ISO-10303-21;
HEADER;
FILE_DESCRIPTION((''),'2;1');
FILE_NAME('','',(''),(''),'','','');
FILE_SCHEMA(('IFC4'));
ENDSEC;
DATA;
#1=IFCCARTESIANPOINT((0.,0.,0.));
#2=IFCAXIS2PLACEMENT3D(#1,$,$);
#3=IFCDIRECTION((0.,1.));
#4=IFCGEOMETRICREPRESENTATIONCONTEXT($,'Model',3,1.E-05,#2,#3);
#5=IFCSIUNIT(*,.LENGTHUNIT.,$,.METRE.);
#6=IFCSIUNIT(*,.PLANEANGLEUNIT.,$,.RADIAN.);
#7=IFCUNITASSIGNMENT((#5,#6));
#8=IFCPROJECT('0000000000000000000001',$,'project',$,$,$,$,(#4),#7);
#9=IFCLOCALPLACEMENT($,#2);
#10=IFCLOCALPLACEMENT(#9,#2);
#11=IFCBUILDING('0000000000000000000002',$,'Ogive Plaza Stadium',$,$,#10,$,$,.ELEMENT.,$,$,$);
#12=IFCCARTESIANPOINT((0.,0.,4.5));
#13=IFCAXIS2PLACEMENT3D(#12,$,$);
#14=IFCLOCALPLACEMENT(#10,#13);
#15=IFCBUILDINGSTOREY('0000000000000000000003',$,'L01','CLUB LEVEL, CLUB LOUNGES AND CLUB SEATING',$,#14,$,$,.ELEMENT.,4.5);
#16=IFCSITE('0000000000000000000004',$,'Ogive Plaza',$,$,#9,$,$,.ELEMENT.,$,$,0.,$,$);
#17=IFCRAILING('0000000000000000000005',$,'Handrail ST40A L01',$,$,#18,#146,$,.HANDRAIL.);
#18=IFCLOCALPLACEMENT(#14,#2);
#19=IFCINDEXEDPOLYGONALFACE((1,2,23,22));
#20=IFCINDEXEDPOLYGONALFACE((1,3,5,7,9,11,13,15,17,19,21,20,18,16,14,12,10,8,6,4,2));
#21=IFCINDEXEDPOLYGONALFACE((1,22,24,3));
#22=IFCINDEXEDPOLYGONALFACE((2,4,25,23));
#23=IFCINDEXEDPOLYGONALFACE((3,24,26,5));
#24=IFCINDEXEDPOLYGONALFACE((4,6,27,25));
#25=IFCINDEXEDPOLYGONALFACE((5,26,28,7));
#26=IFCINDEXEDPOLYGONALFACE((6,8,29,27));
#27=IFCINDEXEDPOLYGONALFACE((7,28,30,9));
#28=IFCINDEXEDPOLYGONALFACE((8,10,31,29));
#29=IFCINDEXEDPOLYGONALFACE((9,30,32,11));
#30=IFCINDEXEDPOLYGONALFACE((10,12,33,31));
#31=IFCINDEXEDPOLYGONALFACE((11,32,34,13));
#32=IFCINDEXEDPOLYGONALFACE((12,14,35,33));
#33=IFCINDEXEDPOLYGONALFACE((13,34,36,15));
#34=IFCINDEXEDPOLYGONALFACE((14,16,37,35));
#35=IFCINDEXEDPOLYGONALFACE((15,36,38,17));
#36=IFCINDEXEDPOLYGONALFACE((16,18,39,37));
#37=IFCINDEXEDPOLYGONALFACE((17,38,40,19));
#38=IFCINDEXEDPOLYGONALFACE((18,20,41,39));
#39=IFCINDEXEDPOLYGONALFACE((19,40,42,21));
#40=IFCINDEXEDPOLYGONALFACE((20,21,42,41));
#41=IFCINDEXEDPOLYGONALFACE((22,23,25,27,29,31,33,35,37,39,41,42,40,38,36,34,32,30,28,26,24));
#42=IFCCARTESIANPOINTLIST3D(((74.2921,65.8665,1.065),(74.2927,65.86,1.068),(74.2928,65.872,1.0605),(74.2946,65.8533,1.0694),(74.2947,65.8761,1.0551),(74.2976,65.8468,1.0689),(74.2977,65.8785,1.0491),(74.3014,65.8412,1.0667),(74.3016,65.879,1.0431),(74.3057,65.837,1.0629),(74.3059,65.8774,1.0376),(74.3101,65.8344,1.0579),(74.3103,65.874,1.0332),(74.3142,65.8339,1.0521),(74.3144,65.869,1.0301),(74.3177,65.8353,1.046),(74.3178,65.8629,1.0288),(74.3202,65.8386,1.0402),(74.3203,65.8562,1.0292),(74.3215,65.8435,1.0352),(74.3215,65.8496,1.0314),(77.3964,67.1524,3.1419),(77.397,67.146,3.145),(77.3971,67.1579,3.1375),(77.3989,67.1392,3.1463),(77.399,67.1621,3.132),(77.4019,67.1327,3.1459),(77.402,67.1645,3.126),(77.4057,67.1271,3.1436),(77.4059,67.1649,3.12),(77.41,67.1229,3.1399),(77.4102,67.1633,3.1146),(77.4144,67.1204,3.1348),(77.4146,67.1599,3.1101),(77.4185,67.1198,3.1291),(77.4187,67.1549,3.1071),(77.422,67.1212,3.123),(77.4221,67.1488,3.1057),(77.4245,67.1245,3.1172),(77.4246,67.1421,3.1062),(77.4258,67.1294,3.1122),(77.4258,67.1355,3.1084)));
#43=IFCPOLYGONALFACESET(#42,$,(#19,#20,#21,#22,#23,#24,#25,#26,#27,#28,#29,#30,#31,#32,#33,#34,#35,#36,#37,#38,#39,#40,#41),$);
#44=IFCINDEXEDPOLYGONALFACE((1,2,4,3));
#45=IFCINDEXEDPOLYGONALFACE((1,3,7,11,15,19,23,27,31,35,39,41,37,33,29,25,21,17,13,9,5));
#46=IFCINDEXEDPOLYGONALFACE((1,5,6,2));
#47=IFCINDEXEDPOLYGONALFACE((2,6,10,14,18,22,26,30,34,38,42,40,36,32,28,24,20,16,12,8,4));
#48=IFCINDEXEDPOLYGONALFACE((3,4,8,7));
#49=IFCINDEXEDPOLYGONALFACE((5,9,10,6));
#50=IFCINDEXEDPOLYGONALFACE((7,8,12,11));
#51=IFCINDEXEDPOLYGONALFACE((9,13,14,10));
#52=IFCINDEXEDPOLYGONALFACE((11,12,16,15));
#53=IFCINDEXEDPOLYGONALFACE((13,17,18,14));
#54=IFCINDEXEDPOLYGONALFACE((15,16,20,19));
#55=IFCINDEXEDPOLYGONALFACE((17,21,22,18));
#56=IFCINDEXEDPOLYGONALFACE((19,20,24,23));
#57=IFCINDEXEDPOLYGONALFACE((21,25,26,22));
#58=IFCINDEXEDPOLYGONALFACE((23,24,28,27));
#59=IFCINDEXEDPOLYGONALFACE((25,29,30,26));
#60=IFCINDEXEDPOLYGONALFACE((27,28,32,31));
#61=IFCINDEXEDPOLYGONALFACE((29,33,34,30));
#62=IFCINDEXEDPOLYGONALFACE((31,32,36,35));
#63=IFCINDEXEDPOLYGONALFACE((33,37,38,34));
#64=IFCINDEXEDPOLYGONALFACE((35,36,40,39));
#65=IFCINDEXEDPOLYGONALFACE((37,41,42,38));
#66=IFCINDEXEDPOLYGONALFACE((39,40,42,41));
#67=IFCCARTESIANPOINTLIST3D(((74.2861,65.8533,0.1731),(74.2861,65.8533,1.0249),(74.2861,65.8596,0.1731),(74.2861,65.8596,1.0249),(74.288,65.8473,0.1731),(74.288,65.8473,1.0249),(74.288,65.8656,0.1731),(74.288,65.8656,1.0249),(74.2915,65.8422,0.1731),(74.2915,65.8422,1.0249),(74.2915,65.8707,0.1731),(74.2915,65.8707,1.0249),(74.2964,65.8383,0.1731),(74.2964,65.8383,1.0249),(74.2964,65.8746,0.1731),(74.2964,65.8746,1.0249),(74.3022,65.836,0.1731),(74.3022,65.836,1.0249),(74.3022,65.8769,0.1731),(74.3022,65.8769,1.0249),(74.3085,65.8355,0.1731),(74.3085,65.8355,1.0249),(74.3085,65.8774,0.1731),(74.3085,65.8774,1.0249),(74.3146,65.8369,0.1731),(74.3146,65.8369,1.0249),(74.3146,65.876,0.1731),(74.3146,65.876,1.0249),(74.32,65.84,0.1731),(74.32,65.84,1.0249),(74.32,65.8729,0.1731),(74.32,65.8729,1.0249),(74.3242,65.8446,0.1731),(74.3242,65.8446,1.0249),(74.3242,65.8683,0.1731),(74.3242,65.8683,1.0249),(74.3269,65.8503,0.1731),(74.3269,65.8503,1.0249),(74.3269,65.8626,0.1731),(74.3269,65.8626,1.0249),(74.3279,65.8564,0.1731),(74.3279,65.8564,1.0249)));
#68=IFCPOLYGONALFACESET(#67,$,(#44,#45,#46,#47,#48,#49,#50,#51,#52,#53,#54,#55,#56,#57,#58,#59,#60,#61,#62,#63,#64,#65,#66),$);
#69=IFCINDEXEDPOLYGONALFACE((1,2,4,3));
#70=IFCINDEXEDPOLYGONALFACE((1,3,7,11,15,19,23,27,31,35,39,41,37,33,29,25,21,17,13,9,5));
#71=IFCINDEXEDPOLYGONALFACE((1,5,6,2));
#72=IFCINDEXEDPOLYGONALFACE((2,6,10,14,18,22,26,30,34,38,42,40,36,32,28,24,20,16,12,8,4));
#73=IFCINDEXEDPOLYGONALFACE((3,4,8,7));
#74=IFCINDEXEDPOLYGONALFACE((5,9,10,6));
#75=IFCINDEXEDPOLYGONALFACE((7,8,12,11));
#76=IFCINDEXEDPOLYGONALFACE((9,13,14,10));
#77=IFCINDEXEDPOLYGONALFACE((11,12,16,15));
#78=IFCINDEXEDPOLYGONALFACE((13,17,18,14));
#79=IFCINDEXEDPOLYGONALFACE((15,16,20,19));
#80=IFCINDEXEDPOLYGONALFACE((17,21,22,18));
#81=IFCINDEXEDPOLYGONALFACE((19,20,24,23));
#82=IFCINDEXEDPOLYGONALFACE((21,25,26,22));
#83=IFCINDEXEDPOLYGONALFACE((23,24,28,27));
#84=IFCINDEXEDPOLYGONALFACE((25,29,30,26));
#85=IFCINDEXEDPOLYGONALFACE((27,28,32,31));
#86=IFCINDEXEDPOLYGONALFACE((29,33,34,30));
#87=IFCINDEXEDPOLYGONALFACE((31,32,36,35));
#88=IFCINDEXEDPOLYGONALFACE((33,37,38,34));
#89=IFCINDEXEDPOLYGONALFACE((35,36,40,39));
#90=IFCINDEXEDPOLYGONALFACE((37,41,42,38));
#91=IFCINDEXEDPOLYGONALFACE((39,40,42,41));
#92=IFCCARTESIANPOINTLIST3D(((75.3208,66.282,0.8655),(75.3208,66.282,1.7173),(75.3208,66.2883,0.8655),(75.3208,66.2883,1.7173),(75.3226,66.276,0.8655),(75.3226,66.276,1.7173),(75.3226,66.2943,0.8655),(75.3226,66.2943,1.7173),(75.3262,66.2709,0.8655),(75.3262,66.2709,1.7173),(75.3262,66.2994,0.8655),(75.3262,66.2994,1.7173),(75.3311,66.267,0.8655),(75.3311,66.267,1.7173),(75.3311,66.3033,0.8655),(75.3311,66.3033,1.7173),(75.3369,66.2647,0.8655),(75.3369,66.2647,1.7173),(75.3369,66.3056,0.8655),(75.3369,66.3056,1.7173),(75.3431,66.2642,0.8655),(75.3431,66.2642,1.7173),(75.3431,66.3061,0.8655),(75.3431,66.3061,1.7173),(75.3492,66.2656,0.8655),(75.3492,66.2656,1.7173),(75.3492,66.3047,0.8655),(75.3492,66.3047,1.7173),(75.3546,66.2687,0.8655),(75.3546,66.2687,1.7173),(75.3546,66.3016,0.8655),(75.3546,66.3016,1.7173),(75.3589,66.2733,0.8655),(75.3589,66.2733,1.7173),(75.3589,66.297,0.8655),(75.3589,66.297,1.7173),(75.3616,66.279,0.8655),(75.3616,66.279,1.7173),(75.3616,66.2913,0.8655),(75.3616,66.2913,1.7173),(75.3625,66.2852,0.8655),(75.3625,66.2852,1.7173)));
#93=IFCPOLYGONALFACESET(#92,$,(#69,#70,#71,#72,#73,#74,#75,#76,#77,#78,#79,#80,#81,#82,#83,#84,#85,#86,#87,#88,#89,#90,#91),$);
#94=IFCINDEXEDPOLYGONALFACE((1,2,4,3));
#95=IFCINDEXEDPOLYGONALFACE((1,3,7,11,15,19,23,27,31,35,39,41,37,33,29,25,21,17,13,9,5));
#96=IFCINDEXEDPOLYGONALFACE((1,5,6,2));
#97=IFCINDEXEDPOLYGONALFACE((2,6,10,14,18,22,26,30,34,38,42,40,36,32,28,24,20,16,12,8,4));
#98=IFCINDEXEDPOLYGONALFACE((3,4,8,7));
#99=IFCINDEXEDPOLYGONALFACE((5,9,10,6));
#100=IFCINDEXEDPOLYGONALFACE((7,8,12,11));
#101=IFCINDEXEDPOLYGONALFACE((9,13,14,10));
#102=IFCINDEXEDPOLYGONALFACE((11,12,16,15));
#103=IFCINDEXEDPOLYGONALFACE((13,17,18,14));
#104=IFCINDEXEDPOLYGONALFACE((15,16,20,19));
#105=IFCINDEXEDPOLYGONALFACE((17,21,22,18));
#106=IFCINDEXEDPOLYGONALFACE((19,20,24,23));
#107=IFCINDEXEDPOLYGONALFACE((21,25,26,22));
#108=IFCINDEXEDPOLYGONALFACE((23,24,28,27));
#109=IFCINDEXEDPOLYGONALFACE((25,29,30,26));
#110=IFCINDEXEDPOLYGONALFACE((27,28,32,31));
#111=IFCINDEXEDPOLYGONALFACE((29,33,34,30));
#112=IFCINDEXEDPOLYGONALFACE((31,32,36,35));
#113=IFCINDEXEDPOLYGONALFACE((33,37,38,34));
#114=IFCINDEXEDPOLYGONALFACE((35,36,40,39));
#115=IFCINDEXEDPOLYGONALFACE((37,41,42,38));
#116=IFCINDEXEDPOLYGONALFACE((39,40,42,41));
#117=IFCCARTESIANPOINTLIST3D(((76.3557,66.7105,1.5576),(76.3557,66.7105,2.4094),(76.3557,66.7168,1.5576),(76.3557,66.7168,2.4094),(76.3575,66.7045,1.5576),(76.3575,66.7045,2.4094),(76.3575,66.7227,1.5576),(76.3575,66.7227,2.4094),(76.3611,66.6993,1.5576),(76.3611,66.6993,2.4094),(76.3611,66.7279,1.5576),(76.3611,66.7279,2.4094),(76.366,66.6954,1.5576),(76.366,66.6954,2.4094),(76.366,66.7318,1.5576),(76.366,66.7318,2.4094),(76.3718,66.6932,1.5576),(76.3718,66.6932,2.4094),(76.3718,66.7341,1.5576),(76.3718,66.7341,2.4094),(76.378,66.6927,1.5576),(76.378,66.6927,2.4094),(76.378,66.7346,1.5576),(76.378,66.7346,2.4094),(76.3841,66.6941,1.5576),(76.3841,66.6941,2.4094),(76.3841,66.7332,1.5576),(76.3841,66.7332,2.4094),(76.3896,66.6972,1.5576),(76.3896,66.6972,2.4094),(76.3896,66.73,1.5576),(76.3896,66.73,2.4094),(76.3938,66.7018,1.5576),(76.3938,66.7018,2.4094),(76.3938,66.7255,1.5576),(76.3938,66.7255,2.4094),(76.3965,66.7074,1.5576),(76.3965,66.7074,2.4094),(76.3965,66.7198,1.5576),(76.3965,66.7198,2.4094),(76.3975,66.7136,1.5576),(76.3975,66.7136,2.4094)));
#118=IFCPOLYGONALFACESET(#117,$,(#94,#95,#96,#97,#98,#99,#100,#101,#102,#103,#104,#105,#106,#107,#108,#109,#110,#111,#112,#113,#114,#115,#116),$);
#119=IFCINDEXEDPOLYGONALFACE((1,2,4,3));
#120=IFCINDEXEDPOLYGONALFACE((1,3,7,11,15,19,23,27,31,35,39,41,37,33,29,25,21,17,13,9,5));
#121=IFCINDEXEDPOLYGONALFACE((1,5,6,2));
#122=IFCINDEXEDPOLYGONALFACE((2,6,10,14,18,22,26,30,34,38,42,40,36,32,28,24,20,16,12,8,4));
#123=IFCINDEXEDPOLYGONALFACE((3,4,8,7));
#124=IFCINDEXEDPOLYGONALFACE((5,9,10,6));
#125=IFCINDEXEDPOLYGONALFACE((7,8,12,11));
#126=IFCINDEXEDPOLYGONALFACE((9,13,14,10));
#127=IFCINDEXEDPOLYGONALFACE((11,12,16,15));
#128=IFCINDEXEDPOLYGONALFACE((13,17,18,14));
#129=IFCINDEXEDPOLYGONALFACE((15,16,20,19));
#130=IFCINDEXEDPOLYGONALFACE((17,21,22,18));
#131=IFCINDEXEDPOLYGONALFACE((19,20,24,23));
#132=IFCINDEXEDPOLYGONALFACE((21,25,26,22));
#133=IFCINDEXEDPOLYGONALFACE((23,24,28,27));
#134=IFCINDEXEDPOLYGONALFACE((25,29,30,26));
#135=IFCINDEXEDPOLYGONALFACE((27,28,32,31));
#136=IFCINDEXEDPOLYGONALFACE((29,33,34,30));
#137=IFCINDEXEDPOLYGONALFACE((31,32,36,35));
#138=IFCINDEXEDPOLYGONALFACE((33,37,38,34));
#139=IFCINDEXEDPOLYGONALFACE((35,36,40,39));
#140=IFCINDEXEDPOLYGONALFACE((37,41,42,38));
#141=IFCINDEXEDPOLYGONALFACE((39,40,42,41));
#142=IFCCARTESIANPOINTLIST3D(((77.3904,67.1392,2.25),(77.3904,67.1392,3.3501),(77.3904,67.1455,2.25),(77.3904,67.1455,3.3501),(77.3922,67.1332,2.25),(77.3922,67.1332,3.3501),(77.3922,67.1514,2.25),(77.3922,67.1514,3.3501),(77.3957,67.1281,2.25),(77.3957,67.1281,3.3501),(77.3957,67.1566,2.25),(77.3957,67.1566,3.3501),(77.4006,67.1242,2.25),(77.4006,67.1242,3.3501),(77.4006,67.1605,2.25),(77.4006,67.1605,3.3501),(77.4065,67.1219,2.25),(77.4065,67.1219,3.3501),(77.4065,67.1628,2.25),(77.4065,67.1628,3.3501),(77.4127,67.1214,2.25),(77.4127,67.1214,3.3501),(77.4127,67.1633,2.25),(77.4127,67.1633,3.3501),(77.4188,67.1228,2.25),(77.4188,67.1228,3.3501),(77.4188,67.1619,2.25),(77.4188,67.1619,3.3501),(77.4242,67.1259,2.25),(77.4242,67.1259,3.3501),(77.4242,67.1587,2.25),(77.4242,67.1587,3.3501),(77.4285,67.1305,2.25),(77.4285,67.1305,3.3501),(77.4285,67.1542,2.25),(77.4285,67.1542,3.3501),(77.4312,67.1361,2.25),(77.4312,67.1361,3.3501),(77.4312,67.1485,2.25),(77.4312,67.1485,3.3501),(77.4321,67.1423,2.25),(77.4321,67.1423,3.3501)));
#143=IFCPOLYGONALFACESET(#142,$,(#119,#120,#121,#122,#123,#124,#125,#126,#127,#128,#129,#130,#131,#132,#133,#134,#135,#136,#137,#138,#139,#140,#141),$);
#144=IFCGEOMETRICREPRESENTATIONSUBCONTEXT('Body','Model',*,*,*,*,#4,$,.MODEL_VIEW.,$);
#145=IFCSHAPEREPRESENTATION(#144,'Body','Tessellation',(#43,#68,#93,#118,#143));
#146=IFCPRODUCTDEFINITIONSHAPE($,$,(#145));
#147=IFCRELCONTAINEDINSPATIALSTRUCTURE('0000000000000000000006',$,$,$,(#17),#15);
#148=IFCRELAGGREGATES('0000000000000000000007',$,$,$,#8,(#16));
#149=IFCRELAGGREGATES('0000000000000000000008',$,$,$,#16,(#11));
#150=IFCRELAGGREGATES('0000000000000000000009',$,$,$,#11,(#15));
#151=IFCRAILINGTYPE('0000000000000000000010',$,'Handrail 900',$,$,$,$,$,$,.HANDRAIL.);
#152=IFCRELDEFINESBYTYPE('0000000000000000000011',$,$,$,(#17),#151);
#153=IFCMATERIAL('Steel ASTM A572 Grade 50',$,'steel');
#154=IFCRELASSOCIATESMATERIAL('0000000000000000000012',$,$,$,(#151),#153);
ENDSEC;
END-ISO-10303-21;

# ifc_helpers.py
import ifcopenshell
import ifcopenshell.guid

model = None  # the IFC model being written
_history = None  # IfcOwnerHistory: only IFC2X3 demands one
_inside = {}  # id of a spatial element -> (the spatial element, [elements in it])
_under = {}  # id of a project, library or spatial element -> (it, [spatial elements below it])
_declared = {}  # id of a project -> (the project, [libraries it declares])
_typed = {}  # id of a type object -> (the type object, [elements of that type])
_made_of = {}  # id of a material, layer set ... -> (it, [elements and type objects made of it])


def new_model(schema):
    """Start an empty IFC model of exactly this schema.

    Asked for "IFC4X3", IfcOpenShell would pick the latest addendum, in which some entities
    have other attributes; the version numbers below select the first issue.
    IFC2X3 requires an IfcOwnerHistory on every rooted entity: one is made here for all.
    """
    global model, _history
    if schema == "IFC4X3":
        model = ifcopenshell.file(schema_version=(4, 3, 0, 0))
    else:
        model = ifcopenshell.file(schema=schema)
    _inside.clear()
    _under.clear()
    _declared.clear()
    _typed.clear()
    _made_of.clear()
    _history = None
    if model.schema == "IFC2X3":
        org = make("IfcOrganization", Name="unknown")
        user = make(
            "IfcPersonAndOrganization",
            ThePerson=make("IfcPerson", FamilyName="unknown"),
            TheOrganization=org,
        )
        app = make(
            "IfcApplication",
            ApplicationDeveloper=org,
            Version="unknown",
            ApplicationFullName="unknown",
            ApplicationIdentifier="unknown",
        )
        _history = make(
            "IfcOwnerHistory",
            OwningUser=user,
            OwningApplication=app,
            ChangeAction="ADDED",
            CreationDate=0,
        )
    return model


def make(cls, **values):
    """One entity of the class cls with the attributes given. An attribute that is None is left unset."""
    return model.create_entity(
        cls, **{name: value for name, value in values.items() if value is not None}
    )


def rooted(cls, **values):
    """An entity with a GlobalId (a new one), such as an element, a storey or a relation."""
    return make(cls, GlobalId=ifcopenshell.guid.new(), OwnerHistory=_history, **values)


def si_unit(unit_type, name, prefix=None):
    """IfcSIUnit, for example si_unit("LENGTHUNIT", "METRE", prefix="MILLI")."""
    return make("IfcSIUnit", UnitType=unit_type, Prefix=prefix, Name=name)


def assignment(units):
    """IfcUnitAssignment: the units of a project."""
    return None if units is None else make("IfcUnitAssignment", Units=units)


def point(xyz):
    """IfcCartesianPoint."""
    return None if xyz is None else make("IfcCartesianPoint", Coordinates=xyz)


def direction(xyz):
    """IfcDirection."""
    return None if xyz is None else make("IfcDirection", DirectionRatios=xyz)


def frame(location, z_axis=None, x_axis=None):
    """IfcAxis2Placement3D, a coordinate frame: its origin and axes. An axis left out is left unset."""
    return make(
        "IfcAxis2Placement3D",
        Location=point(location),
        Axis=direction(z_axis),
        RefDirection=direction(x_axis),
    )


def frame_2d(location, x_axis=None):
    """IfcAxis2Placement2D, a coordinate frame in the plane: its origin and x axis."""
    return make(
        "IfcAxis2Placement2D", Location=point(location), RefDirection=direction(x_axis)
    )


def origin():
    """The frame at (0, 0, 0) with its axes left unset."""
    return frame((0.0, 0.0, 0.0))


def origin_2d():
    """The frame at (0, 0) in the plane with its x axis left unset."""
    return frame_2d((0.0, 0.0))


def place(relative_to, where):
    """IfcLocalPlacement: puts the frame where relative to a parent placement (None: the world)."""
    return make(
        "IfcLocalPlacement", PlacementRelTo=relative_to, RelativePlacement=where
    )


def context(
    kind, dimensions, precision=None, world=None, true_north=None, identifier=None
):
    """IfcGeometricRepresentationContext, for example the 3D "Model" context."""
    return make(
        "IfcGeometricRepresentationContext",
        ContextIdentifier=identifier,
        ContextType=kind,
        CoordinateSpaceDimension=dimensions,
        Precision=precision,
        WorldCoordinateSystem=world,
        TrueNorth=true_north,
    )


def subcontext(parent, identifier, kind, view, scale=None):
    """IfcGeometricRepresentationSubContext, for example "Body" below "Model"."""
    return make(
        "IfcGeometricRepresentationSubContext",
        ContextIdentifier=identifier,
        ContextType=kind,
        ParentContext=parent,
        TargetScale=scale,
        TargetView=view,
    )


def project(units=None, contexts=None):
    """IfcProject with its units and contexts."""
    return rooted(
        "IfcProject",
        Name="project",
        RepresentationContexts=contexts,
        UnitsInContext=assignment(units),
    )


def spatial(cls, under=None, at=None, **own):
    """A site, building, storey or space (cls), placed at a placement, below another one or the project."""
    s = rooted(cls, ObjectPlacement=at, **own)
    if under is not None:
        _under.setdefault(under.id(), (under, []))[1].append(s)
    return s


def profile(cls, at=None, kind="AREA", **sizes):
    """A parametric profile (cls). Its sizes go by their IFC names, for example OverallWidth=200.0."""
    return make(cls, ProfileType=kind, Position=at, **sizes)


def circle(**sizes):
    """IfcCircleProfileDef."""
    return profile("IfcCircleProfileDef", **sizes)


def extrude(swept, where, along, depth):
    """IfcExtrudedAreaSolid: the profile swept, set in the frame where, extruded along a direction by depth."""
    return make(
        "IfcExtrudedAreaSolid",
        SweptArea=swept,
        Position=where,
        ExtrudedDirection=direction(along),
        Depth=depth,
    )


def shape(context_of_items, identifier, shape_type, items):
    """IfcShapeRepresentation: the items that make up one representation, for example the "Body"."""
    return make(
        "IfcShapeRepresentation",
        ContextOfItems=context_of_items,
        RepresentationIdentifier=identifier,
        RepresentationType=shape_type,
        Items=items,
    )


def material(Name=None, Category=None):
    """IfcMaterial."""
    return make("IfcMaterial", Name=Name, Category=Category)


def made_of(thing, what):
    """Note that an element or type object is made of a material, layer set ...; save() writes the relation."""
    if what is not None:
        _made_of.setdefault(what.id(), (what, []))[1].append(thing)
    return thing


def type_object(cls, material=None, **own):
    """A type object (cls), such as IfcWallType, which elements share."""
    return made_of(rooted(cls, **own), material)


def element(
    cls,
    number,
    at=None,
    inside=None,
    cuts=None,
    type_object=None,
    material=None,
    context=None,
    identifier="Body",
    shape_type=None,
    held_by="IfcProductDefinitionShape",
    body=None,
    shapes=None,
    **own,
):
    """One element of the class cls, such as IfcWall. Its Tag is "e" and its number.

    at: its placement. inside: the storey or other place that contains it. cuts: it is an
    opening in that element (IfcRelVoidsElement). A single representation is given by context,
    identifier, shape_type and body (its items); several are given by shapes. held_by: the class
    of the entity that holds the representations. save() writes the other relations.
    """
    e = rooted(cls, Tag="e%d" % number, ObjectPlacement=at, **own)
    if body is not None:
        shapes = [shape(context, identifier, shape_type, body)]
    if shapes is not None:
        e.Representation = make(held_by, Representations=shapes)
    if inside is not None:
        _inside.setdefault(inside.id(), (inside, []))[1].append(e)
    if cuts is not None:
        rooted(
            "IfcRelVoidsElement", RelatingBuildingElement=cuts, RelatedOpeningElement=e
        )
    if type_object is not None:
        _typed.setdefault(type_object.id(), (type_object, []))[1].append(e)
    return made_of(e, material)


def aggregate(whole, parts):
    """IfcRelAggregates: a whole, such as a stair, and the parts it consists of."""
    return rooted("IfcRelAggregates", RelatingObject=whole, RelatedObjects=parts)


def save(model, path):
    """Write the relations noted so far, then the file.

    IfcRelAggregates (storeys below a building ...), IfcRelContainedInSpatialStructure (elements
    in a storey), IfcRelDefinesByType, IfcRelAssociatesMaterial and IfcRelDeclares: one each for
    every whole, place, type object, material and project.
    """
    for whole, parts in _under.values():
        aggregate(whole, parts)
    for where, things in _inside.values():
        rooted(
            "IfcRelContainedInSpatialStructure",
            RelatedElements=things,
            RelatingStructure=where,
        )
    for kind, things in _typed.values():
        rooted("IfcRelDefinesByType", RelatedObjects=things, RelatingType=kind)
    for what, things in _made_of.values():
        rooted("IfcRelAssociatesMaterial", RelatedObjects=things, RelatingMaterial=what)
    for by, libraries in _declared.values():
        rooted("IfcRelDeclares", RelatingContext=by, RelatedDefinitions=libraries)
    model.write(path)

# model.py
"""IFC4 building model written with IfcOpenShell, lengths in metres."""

from ifc_helpers import new_model, si_unit, direction, frame, origin, origin_2d, place, context, subcontext, project, spatial, circle, extrude, material, type_object, element, save


model = new_model("IFC4")

# Units and contexts
model_context = context("Model", 3, precision=1e-05, world=origin(), true_north=direction((0.0, 1.0)))
body_context = subcontext(model_context, "Body", "Model", "MODEL_VIEW")
ifc_project = project(units=[si_unit("LENGTHUNIT", "METRE"), si_unit("PLANEANGLEUNIT", "RADIAN")], contexts=[model_context])

# Site, building, storey
site_placement = place(None, origin())
site = spatial("IfcSite", under=ifc_project, at=site_placement, Name="Ogive Plaza", CompositionType="ELEMENT", RefElevation=0.0)
building_placement = place(site_placement, origin())
building = spatial("IfcBuilding", under=site, at=building_placement, Name="Ogive Plaza Stadium", CompositionType="ELEMENT")
storey_placement = place(building_placement, frame((0.0, 0.0, 4.5)))
storey = spatial("IfcBuildingStorey", under=building, at=storey_placement, Name="L01", Description="CLUB LEVEL, CLUB LOUNGES AND CLUB SEATING", CompositionType="ELEMENT", Elevation=4.5)

# Railing
ifc_material_1 = material(Name="Steel ASTM A572 Grade 50", Category="steel")
railing_type_1 = type_object("IfcRailingType", Name="Handrail 900", PredefinedType="HANDRAIL", material=ifc_material_1)
for number, where, name in (
    (1, (74.3069, 65.8564, 0.1731), "Handrail ST40A L01"),
):
    element("IfcRailing", number, at=place(storey_placement, frame(where)), inside=storey, type_object=railing_type_1, Name=name, PredefinedType="HANDRAIL", context=body_context, shape_type="SweptSolid", body=[
        extrude(circle(Radius=0.0239, at=origin_2d()), frame((0.0, 0.0, 0.876), z_axis=(0.785863, 0.325532, 0.525783), x_axis=(-0.3827, 0.923872, 0.0)), (0.0, 0.0, 1.0), 3.9502),
        extrude(circle(Radius=0.021, at=origin_2d()), origin(), (0.0, 0.0, 1.0), 0.8518),
        extrude(circle(Radius=0.021, at=origin_2d()), frame((1.0347, 0.4287, 0.6924)), (0.0, 0.0, 1.0), 0.8518),
        extrude(circle(Radius=0.021, at=origin_2d()), frame((2.0696, 0.8572, 1.3845)), (0.0, 0.0, 1.0), 0.8518),
        extrude(circle(Radius=0.021, at=origin_2d()), frame((3.1042, 1.2859, 2.0769)), (0.0, 0.0, 1.0), 1.1001),
    ])

save(model, "model.ifc")
